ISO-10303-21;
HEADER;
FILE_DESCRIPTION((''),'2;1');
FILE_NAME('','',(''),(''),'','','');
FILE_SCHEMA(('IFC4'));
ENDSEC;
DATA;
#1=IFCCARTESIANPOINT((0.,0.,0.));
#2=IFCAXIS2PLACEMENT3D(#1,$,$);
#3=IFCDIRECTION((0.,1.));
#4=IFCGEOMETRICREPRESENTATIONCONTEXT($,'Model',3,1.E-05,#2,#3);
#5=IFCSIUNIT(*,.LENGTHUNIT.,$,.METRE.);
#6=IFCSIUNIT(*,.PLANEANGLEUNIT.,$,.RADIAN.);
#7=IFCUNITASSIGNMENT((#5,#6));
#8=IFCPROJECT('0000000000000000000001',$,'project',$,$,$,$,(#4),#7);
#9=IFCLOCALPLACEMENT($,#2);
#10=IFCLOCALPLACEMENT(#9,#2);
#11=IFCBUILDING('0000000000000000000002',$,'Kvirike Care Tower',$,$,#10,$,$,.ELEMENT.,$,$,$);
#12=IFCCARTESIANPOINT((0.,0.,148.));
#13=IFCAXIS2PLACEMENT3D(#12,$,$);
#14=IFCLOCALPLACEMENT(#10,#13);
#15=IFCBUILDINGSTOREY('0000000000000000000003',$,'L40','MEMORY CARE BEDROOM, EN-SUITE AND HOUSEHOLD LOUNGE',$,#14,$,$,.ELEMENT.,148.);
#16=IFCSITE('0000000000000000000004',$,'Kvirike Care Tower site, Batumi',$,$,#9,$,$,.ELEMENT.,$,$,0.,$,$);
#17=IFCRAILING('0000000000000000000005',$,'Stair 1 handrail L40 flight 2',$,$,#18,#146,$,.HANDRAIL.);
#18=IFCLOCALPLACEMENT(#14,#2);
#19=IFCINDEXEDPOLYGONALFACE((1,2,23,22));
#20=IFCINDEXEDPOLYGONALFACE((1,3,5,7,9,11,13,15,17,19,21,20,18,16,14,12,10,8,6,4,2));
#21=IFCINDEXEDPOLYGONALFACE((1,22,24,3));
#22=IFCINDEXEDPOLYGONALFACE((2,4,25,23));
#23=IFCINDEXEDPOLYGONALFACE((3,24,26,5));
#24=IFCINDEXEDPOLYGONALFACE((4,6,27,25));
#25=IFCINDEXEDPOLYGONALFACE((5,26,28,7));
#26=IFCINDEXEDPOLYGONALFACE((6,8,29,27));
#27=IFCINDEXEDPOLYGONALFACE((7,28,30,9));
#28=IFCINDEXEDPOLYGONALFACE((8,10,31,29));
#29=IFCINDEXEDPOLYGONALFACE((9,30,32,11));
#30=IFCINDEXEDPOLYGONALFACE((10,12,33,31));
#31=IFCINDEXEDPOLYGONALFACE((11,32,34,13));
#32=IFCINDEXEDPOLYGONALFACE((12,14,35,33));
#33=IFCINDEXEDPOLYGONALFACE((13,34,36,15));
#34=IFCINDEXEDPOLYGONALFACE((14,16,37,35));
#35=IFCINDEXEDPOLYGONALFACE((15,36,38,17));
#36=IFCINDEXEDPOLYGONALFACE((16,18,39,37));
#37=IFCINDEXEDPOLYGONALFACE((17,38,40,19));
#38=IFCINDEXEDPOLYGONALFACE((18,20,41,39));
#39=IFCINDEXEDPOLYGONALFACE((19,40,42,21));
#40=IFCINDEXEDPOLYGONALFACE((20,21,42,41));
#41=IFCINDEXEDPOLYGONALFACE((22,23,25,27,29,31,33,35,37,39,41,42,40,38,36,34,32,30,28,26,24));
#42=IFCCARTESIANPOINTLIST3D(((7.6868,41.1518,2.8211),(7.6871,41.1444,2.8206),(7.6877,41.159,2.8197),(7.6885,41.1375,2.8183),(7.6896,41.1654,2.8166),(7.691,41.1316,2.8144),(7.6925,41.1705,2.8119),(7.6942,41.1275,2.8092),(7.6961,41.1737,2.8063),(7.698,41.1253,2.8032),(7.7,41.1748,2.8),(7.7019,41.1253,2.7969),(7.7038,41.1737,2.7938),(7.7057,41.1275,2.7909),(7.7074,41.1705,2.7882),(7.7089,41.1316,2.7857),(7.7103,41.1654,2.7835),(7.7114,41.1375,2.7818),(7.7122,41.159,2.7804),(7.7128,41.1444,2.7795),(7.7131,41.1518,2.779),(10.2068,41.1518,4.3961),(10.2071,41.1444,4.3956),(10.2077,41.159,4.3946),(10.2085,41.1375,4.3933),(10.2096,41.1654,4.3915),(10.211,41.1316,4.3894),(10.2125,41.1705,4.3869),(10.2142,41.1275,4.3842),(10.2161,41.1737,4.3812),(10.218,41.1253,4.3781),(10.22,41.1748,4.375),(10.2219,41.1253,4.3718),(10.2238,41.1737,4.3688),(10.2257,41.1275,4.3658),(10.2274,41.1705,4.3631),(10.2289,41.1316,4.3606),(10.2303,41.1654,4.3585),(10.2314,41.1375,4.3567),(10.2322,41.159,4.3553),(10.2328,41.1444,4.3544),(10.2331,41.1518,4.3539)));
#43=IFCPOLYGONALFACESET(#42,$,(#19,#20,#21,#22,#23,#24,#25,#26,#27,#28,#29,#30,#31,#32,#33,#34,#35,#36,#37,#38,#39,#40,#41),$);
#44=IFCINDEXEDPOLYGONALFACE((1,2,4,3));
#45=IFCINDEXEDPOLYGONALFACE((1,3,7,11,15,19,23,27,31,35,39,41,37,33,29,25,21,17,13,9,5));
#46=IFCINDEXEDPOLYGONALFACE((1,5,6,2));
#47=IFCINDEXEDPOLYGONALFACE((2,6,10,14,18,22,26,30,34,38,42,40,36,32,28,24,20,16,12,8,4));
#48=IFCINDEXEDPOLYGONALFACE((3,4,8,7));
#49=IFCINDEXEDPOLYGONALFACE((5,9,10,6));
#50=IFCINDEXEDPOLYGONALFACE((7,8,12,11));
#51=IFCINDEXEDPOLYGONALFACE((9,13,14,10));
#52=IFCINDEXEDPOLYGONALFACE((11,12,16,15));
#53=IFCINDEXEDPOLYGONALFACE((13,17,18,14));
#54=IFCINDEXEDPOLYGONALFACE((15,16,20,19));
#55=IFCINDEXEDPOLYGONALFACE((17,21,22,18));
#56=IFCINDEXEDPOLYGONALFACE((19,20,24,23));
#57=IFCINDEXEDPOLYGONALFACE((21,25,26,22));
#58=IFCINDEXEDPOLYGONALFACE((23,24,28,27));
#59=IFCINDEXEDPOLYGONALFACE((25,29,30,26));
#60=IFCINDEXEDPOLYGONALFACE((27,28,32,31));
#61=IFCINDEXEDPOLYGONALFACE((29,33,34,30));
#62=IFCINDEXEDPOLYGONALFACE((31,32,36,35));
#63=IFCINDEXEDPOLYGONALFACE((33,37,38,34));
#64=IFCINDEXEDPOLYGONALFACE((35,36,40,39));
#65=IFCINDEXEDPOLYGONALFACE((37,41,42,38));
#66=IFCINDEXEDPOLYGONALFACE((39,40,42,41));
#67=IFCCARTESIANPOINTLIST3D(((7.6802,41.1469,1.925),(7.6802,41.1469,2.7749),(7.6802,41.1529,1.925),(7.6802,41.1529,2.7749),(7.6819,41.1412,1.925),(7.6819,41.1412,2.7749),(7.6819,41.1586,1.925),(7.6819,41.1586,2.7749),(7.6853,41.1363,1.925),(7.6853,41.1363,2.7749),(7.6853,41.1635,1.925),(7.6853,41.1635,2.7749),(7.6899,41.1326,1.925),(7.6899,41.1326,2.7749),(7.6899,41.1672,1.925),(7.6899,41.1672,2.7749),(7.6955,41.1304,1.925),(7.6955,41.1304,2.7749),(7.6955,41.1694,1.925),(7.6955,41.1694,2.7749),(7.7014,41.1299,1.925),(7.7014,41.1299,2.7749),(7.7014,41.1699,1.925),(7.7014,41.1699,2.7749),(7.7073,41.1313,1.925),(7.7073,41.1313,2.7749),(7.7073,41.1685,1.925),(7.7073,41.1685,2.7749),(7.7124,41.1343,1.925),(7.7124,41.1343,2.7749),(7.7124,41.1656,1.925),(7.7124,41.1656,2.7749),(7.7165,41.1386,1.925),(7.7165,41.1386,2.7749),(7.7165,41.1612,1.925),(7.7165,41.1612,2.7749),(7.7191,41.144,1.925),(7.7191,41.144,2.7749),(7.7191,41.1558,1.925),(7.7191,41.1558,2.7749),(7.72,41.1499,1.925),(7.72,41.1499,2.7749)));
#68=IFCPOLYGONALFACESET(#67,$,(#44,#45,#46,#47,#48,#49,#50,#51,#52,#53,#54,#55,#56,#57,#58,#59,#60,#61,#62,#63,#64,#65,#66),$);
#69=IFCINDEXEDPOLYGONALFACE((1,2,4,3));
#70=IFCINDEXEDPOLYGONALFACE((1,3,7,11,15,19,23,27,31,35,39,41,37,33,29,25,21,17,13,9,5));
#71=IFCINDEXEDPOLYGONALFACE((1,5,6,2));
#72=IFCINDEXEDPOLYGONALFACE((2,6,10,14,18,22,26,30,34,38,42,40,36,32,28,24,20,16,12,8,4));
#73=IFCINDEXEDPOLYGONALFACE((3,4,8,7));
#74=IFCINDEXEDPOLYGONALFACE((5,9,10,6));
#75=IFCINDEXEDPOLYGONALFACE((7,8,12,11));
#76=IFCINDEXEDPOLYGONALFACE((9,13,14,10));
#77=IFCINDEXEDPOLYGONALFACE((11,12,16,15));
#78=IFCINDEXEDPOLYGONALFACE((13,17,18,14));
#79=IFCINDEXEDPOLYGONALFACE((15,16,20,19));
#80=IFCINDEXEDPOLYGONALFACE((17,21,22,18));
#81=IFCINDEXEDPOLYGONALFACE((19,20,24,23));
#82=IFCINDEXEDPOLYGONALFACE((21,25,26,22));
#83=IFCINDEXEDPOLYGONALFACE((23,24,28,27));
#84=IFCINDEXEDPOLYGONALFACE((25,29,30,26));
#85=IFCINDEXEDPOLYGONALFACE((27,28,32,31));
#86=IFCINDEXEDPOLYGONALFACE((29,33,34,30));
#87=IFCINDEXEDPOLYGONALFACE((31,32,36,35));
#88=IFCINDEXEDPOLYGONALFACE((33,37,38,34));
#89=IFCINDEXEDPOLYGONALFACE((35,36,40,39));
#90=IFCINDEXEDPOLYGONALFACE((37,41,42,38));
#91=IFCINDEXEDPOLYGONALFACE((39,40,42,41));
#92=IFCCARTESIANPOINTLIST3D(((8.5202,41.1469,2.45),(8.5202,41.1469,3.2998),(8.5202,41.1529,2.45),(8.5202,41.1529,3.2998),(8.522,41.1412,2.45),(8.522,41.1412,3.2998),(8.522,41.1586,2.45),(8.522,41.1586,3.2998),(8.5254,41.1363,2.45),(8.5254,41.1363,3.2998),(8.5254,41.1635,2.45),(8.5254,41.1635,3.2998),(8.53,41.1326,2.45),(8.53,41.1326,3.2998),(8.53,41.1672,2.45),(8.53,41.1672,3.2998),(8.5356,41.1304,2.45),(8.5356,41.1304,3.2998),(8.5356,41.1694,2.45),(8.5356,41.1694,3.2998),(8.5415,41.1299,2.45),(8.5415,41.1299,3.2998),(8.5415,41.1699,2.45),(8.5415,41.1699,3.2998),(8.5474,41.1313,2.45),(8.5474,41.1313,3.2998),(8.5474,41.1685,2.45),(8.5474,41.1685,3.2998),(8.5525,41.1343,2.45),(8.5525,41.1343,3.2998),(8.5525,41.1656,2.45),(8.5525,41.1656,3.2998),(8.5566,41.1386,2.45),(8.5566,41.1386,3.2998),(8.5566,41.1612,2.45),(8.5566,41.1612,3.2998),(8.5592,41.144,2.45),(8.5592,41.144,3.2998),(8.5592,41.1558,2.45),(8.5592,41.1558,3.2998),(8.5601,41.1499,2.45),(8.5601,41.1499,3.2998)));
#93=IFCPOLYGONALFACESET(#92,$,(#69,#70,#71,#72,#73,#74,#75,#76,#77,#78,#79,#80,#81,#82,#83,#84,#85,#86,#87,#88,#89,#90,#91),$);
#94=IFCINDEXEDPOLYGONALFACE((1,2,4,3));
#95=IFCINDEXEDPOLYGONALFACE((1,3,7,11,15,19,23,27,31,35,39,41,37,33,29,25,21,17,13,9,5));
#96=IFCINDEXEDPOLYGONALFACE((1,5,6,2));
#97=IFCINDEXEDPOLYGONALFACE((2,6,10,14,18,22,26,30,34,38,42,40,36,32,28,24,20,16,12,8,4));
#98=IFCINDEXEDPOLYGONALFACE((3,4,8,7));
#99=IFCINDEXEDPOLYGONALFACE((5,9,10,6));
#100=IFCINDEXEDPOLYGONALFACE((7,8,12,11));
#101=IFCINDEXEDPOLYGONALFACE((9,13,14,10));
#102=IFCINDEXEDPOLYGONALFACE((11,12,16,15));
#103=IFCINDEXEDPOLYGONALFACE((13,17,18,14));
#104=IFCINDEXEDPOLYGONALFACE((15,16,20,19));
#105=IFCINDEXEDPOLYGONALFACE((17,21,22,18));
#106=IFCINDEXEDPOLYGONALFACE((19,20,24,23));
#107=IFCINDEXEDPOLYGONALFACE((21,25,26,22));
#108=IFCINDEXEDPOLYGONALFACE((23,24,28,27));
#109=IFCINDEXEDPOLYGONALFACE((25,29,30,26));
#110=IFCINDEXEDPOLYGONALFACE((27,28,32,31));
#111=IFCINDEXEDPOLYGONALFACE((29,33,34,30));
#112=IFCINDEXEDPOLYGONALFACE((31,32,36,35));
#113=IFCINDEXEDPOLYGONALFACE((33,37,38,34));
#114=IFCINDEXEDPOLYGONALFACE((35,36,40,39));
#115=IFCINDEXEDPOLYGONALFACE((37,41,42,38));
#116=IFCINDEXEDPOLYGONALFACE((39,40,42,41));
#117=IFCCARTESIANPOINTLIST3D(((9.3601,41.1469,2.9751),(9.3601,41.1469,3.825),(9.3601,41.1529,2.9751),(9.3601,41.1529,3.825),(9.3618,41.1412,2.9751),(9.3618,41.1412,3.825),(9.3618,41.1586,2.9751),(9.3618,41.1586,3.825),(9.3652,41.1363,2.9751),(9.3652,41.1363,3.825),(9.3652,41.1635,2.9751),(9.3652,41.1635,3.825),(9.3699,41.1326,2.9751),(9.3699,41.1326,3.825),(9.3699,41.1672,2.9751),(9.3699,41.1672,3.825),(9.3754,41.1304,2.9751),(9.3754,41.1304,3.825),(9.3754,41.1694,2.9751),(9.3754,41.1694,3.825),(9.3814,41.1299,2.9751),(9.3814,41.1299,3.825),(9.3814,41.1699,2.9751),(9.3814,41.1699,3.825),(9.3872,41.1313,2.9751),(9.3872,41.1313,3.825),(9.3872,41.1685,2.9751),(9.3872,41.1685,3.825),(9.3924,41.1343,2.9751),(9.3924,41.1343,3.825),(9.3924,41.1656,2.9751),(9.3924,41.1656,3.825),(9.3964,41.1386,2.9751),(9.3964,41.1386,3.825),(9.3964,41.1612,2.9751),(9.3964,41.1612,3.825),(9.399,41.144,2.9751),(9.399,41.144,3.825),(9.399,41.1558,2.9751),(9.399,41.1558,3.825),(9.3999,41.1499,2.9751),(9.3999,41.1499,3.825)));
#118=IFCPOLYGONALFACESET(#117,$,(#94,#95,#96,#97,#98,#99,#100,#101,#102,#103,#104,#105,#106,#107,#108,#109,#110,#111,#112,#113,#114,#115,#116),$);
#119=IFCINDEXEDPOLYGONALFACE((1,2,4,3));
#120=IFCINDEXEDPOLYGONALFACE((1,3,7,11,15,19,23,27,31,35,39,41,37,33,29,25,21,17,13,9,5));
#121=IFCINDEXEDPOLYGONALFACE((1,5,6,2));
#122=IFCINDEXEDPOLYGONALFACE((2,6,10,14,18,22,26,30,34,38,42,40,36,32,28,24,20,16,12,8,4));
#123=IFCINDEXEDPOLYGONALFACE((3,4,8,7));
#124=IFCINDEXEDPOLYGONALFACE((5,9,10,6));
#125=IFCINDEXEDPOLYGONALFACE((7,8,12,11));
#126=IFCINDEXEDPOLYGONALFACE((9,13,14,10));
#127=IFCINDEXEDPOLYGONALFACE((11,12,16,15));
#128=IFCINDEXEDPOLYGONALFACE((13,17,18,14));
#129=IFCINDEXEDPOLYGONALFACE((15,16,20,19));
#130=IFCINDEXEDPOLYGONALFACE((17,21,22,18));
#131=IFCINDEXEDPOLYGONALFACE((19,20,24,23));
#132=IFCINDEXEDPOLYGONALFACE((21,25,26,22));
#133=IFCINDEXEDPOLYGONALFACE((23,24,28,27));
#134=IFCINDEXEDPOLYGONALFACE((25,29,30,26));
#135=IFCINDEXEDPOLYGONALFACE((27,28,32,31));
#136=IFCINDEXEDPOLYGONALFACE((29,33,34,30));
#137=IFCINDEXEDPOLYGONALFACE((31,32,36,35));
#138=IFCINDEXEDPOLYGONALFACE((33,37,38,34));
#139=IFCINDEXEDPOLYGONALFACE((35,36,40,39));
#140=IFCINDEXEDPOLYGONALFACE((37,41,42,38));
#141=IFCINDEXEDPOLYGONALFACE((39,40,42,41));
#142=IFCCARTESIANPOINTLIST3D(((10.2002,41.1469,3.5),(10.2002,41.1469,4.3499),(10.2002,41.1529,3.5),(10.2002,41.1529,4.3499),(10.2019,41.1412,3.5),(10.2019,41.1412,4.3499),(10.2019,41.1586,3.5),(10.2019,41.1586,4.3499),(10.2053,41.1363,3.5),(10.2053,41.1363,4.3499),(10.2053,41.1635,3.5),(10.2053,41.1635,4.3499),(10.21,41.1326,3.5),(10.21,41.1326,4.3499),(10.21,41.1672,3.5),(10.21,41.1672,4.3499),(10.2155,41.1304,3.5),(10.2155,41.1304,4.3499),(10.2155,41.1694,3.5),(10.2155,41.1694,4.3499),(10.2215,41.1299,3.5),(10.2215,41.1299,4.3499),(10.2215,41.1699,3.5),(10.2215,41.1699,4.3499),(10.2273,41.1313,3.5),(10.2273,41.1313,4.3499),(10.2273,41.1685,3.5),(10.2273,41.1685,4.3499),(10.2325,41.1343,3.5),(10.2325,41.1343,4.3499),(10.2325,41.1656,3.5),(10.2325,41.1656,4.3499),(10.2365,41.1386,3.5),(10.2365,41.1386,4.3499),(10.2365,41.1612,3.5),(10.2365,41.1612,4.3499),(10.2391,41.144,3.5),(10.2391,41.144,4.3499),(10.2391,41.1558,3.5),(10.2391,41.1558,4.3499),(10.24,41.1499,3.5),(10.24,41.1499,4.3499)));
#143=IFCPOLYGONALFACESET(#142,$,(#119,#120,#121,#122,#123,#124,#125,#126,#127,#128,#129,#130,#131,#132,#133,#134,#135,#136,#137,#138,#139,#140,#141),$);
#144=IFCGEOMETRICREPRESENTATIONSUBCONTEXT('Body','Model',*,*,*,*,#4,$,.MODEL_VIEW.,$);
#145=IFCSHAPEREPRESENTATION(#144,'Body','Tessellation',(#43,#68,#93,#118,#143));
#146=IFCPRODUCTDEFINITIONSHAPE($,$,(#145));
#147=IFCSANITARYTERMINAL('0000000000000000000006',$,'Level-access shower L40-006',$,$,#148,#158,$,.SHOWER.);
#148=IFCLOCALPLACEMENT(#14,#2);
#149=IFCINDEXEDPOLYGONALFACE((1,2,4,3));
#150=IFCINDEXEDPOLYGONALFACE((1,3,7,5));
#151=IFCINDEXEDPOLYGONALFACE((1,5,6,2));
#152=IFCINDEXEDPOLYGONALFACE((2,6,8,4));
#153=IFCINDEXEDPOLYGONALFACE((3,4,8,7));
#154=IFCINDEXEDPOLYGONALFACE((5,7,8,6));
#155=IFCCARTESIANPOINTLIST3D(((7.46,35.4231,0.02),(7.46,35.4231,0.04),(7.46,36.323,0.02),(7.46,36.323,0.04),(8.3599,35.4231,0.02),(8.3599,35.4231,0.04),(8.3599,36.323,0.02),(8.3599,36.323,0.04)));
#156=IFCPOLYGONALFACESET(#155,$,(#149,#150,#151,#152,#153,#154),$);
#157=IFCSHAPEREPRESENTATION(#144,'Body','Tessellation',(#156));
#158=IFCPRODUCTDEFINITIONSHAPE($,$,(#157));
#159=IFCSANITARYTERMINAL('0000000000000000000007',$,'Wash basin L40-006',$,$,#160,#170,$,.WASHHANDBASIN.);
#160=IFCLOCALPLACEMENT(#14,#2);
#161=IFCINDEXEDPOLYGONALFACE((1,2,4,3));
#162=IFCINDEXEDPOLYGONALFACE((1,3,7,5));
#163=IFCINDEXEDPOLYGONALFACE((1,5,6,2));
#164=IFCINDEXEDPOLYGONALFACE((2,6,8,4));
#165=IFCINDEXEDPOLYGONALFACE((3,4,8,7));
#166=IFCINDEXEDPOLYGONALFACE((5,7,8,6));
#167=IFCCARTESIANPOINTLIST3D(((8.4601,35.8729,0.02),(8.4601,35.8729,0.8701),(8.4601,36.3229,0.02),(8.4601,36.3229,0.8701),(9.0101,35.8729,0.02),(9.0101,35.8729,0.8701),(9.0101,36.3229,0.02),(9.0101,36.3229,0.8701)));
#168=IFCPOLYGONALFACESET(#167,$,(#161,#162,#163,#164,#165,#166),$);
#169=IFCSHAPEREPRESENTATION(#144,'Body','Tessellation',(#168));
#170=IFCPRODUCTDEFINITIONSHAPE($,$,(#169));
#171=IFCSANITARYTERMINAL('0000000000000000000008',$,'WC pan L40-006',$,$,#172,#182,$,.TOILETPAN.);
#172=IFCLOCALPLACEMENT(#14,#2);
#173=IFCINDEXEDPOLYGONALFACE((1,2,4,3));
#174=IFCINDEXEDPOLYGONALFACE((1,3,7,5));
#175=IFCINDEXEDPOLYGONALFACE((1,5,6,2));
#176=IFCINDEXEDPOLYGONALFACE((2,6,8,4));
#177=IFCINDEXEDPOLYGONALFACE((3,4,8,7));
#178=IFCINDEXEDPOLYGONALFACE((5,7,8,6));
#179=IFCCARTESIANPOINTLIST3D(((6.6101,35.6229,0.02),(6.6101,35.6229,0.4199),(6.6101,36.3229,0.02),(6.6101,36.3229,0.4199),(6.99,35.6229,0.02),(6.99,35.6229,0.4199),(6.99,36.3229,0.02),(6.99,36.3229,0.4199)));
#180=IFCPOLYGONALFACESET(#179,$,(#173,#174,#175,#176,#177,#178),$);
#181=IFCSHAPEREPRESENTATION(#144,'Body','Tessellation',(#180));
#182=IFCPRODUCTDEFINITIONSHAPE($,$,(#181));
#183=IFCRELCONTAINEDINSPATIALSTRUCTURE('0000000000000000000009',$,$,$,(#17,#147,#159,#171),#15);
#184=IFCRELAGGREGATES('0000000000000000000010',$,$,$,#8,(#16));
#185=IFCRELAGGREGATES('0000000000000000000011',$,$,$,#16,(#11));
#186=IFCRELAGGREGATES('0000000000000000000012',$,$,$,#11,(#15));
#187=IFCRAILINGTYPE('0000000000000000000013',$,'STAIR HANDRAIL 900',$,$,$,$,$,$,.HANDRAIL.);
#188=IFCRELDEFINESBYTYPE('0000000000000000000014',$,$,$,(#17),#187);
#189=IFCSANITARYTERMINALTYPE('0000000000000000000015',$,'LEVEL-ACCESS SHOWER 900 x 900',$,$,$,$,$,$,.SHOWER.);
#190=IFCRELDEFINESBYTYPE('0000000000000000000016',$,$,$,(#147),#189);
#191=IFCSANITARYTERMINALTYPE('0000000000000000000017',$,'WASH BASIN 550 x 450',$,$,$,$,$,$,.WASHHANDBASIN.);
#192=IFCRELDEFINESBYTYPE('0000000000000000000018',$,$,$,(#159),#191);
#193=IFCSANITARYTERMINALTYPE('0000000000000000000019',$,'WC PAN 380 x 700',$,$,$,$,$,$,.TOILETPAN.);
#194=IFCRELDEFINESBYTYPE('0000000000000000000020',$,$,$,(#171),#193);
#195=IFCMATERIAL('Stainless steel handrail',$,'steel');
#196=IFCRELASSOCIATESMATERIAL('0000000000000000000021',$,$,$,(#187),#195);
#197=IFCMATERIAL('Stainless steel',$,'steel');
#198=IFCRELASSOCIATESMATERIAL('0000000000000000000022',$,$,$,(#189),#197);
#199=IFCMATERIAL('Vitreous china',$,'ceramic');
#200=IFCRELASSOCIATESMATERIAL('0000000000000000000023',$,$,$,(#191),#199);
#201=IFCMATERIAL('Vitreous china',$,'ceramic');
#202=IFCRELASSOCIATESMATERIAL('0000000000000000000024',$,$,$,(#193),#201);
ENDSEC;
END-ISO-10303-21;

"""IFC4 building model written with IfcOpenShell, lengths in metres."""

from ifc_helpers import new_model, si_unit, direction, frame, origin, origin_2d, place, context, subcontext, project, spatial, rectangle, circle, extrude, material, type_object, element, save


model = new_model("IFC4")

# Units and contexts
model_context = context("Model", 3, precision=1e-05, world=origin(), true_north=direction((0.0, 1.0)))
body_context = subcontext(model_context, "Body", "Model", "MODEL_VIEW")
ifc_project = project(units=[si_unit("LENGTHUNIT", "METRE"), si_unit("PLANEANGLEUNIT", "RADIAN")], contexts=[model_context])

# Site, building, storey
site_placement = place(None, origin())
site = spatial("IfcSite", under=ifc_project, at=site_placement, Name="Kvirike Care Tower site, Batumi", CompositionType="ELEMENT", RefElevation=0.0)
building_placement = place(site_placement, origin())
building = spatial("IfcBuilding", under=site, at=building_placement, Name="Kvirike Care Tower", CompositionType="ELEMENT")
storey_placement = place(building_placement, frame((0.0, 0.0, 148.0)))
storey = spatial("IfcBuildingStorey", under=building, at=storey_placement, Name="L40", Description="MEMORY CARE BEDROOM, EN-SUITE AND HOUSEHOLD LOUNGE", CompositionType="ELEMENT", Elevation=148.0)

# Railing
ifc_material_1 = material(Name="Stainless steel handrail", Category="steel")
railing_type = type_object("IfcRailingType", Name="STAIR HANDRAIL 900", PredefinedType="HANDRAIL", material=ifc_material_1)
railing_placement = place(storey_placement, frame((7.7, 41.1499, 1.925)))
element("IfcRailing", 1, at=railing_placement, inside=storey, type_object=railing_type, Name="Stair 1 handrail L40 flight 2", PredefinedType="HANDRAIL", context=body_context, shape_type="SweptSolid", body=[
    extrude(circle(Radius=0.0249, at=origin_2d()), frame((0.0, 0.0, 0.875), z_axis=(0.848008, 0.0, 0.529984), x_axis=(0.0, 1.0, 0.0)), (0.0, 0.0, 1.0), 2.9717),
    extrude(circle(Radius=0.02, at=origin_2d()), origin(), (0.0, 0.0, 1.0), 0.8499),
    extrude(circle(Radius=0.02, at=origin_2d()), frame((0.8401, 0.0, 0.5249)), (0.0, 0.0, 1.0), 0.8499),
    extrude(circle(Radius=0.02, at=origin_2d()), frame((1.6799, 0.0, 1.05)), (0.0, 0.0, 1.0), 0.8499),
    extrude(circle(Radius=0.02, at=origin_2d()), frame((2.52, 0.0, 1.575)), (0.0, 0.0, 1.0), 0.8499),
])

# Sanitary terminals
ifc_material_2 = material(Name="Stainless steel", Category="steel")
sanitary_terminal_type_1 = type_object("IfcSanitaryTerminalType", Name="LEVEL-ACCESS SHOWER 900 x 900", PredefinedType="SHOWER", material=ifc_material_2)
sanitary_terminal_1_placement = place(storey_placement, frame((7.9099, 35.873, 0.02), z_axis=(0.0, 0.0, 1.0), x_axis=(1.0, 0.0, 0.0)))
element("IfcSanitaryTerminal", 2, at=sanitary_terminal_1_placement, inside=storey, type_object=sanitary_terminal_type_1, Name="Level-access shower L40-006", PredefinedType="SHOWER", context=body_context, shape_type="SweptSolid", body=[
    extrude(rectangle(XDim=0.8999, YDim=0.8999, at=origin_2d()), origin(), (0.0, 0.0, 1.0), 0.02),
])
ifc_material_3 = material(Name="Vitreous china", Category="ceramic")
sanitary_terminal_type_2 = type_object("IfcSanitaryTerminalType", Name="WASH BASIN 550 x 450", PredefinedType="WASHHANDBASIN", material=ifc_material_3)
sanitary_terminal_2_placement = place(storey_placement, frame((8.7351, 36.0979, 0.02), z_axis=(0.0, 0.0, 1.0), x_axis=(1.0, 0.0, 0.0)))
element("IfcSanitaryTerminal", 3, at=sanitary_terminal_2_placement, inside=storey, type_object=sanitary_terminal_type_2, Name="Wash basin L40-006", PredefinedType="WASHHANDBASIN", context=body_context, shape_type="SweptSolid", body=[
    extrude(rectangle(XDim=0.55, YDim=0.45, at=origin_2d()), origin(), (0.0, 0.0, 1.0), 0.8501),
])
ifc_material_4 = material(Name="Vitreous china", Category="ceramic")
sanitary_terminal_type_3 = type_object("IfcSanitaryTerminalType", Name="WC PAN 380 x 700", PredefinedType="TOILETPAN", material=ifc_material_4)
sanitary_terminal_3_placement = place(storey_placement, frame((6.8, 35.9729, 0.02), z_axis=(0.0, 0.0, 1.0), x_axis=(1.0, 0.0, 0.0)))
element("IfcSanitaryTerminal", 4, at=sanitary_terminal_3_placement, inside=storey, type_object=sanitary_terminal_type_3, Name="WC pan L40-006", PredefinedType="TOILETPAN", context=body_context, shape_type="SweptSolid", body=[
    extrude(rectangle(XDim=0.3799, YDim=0.7, at=origin_2d()), origin(), (0.0, 0.0, 1.0), 0.3999),
])

save(model, "model.ifc")
